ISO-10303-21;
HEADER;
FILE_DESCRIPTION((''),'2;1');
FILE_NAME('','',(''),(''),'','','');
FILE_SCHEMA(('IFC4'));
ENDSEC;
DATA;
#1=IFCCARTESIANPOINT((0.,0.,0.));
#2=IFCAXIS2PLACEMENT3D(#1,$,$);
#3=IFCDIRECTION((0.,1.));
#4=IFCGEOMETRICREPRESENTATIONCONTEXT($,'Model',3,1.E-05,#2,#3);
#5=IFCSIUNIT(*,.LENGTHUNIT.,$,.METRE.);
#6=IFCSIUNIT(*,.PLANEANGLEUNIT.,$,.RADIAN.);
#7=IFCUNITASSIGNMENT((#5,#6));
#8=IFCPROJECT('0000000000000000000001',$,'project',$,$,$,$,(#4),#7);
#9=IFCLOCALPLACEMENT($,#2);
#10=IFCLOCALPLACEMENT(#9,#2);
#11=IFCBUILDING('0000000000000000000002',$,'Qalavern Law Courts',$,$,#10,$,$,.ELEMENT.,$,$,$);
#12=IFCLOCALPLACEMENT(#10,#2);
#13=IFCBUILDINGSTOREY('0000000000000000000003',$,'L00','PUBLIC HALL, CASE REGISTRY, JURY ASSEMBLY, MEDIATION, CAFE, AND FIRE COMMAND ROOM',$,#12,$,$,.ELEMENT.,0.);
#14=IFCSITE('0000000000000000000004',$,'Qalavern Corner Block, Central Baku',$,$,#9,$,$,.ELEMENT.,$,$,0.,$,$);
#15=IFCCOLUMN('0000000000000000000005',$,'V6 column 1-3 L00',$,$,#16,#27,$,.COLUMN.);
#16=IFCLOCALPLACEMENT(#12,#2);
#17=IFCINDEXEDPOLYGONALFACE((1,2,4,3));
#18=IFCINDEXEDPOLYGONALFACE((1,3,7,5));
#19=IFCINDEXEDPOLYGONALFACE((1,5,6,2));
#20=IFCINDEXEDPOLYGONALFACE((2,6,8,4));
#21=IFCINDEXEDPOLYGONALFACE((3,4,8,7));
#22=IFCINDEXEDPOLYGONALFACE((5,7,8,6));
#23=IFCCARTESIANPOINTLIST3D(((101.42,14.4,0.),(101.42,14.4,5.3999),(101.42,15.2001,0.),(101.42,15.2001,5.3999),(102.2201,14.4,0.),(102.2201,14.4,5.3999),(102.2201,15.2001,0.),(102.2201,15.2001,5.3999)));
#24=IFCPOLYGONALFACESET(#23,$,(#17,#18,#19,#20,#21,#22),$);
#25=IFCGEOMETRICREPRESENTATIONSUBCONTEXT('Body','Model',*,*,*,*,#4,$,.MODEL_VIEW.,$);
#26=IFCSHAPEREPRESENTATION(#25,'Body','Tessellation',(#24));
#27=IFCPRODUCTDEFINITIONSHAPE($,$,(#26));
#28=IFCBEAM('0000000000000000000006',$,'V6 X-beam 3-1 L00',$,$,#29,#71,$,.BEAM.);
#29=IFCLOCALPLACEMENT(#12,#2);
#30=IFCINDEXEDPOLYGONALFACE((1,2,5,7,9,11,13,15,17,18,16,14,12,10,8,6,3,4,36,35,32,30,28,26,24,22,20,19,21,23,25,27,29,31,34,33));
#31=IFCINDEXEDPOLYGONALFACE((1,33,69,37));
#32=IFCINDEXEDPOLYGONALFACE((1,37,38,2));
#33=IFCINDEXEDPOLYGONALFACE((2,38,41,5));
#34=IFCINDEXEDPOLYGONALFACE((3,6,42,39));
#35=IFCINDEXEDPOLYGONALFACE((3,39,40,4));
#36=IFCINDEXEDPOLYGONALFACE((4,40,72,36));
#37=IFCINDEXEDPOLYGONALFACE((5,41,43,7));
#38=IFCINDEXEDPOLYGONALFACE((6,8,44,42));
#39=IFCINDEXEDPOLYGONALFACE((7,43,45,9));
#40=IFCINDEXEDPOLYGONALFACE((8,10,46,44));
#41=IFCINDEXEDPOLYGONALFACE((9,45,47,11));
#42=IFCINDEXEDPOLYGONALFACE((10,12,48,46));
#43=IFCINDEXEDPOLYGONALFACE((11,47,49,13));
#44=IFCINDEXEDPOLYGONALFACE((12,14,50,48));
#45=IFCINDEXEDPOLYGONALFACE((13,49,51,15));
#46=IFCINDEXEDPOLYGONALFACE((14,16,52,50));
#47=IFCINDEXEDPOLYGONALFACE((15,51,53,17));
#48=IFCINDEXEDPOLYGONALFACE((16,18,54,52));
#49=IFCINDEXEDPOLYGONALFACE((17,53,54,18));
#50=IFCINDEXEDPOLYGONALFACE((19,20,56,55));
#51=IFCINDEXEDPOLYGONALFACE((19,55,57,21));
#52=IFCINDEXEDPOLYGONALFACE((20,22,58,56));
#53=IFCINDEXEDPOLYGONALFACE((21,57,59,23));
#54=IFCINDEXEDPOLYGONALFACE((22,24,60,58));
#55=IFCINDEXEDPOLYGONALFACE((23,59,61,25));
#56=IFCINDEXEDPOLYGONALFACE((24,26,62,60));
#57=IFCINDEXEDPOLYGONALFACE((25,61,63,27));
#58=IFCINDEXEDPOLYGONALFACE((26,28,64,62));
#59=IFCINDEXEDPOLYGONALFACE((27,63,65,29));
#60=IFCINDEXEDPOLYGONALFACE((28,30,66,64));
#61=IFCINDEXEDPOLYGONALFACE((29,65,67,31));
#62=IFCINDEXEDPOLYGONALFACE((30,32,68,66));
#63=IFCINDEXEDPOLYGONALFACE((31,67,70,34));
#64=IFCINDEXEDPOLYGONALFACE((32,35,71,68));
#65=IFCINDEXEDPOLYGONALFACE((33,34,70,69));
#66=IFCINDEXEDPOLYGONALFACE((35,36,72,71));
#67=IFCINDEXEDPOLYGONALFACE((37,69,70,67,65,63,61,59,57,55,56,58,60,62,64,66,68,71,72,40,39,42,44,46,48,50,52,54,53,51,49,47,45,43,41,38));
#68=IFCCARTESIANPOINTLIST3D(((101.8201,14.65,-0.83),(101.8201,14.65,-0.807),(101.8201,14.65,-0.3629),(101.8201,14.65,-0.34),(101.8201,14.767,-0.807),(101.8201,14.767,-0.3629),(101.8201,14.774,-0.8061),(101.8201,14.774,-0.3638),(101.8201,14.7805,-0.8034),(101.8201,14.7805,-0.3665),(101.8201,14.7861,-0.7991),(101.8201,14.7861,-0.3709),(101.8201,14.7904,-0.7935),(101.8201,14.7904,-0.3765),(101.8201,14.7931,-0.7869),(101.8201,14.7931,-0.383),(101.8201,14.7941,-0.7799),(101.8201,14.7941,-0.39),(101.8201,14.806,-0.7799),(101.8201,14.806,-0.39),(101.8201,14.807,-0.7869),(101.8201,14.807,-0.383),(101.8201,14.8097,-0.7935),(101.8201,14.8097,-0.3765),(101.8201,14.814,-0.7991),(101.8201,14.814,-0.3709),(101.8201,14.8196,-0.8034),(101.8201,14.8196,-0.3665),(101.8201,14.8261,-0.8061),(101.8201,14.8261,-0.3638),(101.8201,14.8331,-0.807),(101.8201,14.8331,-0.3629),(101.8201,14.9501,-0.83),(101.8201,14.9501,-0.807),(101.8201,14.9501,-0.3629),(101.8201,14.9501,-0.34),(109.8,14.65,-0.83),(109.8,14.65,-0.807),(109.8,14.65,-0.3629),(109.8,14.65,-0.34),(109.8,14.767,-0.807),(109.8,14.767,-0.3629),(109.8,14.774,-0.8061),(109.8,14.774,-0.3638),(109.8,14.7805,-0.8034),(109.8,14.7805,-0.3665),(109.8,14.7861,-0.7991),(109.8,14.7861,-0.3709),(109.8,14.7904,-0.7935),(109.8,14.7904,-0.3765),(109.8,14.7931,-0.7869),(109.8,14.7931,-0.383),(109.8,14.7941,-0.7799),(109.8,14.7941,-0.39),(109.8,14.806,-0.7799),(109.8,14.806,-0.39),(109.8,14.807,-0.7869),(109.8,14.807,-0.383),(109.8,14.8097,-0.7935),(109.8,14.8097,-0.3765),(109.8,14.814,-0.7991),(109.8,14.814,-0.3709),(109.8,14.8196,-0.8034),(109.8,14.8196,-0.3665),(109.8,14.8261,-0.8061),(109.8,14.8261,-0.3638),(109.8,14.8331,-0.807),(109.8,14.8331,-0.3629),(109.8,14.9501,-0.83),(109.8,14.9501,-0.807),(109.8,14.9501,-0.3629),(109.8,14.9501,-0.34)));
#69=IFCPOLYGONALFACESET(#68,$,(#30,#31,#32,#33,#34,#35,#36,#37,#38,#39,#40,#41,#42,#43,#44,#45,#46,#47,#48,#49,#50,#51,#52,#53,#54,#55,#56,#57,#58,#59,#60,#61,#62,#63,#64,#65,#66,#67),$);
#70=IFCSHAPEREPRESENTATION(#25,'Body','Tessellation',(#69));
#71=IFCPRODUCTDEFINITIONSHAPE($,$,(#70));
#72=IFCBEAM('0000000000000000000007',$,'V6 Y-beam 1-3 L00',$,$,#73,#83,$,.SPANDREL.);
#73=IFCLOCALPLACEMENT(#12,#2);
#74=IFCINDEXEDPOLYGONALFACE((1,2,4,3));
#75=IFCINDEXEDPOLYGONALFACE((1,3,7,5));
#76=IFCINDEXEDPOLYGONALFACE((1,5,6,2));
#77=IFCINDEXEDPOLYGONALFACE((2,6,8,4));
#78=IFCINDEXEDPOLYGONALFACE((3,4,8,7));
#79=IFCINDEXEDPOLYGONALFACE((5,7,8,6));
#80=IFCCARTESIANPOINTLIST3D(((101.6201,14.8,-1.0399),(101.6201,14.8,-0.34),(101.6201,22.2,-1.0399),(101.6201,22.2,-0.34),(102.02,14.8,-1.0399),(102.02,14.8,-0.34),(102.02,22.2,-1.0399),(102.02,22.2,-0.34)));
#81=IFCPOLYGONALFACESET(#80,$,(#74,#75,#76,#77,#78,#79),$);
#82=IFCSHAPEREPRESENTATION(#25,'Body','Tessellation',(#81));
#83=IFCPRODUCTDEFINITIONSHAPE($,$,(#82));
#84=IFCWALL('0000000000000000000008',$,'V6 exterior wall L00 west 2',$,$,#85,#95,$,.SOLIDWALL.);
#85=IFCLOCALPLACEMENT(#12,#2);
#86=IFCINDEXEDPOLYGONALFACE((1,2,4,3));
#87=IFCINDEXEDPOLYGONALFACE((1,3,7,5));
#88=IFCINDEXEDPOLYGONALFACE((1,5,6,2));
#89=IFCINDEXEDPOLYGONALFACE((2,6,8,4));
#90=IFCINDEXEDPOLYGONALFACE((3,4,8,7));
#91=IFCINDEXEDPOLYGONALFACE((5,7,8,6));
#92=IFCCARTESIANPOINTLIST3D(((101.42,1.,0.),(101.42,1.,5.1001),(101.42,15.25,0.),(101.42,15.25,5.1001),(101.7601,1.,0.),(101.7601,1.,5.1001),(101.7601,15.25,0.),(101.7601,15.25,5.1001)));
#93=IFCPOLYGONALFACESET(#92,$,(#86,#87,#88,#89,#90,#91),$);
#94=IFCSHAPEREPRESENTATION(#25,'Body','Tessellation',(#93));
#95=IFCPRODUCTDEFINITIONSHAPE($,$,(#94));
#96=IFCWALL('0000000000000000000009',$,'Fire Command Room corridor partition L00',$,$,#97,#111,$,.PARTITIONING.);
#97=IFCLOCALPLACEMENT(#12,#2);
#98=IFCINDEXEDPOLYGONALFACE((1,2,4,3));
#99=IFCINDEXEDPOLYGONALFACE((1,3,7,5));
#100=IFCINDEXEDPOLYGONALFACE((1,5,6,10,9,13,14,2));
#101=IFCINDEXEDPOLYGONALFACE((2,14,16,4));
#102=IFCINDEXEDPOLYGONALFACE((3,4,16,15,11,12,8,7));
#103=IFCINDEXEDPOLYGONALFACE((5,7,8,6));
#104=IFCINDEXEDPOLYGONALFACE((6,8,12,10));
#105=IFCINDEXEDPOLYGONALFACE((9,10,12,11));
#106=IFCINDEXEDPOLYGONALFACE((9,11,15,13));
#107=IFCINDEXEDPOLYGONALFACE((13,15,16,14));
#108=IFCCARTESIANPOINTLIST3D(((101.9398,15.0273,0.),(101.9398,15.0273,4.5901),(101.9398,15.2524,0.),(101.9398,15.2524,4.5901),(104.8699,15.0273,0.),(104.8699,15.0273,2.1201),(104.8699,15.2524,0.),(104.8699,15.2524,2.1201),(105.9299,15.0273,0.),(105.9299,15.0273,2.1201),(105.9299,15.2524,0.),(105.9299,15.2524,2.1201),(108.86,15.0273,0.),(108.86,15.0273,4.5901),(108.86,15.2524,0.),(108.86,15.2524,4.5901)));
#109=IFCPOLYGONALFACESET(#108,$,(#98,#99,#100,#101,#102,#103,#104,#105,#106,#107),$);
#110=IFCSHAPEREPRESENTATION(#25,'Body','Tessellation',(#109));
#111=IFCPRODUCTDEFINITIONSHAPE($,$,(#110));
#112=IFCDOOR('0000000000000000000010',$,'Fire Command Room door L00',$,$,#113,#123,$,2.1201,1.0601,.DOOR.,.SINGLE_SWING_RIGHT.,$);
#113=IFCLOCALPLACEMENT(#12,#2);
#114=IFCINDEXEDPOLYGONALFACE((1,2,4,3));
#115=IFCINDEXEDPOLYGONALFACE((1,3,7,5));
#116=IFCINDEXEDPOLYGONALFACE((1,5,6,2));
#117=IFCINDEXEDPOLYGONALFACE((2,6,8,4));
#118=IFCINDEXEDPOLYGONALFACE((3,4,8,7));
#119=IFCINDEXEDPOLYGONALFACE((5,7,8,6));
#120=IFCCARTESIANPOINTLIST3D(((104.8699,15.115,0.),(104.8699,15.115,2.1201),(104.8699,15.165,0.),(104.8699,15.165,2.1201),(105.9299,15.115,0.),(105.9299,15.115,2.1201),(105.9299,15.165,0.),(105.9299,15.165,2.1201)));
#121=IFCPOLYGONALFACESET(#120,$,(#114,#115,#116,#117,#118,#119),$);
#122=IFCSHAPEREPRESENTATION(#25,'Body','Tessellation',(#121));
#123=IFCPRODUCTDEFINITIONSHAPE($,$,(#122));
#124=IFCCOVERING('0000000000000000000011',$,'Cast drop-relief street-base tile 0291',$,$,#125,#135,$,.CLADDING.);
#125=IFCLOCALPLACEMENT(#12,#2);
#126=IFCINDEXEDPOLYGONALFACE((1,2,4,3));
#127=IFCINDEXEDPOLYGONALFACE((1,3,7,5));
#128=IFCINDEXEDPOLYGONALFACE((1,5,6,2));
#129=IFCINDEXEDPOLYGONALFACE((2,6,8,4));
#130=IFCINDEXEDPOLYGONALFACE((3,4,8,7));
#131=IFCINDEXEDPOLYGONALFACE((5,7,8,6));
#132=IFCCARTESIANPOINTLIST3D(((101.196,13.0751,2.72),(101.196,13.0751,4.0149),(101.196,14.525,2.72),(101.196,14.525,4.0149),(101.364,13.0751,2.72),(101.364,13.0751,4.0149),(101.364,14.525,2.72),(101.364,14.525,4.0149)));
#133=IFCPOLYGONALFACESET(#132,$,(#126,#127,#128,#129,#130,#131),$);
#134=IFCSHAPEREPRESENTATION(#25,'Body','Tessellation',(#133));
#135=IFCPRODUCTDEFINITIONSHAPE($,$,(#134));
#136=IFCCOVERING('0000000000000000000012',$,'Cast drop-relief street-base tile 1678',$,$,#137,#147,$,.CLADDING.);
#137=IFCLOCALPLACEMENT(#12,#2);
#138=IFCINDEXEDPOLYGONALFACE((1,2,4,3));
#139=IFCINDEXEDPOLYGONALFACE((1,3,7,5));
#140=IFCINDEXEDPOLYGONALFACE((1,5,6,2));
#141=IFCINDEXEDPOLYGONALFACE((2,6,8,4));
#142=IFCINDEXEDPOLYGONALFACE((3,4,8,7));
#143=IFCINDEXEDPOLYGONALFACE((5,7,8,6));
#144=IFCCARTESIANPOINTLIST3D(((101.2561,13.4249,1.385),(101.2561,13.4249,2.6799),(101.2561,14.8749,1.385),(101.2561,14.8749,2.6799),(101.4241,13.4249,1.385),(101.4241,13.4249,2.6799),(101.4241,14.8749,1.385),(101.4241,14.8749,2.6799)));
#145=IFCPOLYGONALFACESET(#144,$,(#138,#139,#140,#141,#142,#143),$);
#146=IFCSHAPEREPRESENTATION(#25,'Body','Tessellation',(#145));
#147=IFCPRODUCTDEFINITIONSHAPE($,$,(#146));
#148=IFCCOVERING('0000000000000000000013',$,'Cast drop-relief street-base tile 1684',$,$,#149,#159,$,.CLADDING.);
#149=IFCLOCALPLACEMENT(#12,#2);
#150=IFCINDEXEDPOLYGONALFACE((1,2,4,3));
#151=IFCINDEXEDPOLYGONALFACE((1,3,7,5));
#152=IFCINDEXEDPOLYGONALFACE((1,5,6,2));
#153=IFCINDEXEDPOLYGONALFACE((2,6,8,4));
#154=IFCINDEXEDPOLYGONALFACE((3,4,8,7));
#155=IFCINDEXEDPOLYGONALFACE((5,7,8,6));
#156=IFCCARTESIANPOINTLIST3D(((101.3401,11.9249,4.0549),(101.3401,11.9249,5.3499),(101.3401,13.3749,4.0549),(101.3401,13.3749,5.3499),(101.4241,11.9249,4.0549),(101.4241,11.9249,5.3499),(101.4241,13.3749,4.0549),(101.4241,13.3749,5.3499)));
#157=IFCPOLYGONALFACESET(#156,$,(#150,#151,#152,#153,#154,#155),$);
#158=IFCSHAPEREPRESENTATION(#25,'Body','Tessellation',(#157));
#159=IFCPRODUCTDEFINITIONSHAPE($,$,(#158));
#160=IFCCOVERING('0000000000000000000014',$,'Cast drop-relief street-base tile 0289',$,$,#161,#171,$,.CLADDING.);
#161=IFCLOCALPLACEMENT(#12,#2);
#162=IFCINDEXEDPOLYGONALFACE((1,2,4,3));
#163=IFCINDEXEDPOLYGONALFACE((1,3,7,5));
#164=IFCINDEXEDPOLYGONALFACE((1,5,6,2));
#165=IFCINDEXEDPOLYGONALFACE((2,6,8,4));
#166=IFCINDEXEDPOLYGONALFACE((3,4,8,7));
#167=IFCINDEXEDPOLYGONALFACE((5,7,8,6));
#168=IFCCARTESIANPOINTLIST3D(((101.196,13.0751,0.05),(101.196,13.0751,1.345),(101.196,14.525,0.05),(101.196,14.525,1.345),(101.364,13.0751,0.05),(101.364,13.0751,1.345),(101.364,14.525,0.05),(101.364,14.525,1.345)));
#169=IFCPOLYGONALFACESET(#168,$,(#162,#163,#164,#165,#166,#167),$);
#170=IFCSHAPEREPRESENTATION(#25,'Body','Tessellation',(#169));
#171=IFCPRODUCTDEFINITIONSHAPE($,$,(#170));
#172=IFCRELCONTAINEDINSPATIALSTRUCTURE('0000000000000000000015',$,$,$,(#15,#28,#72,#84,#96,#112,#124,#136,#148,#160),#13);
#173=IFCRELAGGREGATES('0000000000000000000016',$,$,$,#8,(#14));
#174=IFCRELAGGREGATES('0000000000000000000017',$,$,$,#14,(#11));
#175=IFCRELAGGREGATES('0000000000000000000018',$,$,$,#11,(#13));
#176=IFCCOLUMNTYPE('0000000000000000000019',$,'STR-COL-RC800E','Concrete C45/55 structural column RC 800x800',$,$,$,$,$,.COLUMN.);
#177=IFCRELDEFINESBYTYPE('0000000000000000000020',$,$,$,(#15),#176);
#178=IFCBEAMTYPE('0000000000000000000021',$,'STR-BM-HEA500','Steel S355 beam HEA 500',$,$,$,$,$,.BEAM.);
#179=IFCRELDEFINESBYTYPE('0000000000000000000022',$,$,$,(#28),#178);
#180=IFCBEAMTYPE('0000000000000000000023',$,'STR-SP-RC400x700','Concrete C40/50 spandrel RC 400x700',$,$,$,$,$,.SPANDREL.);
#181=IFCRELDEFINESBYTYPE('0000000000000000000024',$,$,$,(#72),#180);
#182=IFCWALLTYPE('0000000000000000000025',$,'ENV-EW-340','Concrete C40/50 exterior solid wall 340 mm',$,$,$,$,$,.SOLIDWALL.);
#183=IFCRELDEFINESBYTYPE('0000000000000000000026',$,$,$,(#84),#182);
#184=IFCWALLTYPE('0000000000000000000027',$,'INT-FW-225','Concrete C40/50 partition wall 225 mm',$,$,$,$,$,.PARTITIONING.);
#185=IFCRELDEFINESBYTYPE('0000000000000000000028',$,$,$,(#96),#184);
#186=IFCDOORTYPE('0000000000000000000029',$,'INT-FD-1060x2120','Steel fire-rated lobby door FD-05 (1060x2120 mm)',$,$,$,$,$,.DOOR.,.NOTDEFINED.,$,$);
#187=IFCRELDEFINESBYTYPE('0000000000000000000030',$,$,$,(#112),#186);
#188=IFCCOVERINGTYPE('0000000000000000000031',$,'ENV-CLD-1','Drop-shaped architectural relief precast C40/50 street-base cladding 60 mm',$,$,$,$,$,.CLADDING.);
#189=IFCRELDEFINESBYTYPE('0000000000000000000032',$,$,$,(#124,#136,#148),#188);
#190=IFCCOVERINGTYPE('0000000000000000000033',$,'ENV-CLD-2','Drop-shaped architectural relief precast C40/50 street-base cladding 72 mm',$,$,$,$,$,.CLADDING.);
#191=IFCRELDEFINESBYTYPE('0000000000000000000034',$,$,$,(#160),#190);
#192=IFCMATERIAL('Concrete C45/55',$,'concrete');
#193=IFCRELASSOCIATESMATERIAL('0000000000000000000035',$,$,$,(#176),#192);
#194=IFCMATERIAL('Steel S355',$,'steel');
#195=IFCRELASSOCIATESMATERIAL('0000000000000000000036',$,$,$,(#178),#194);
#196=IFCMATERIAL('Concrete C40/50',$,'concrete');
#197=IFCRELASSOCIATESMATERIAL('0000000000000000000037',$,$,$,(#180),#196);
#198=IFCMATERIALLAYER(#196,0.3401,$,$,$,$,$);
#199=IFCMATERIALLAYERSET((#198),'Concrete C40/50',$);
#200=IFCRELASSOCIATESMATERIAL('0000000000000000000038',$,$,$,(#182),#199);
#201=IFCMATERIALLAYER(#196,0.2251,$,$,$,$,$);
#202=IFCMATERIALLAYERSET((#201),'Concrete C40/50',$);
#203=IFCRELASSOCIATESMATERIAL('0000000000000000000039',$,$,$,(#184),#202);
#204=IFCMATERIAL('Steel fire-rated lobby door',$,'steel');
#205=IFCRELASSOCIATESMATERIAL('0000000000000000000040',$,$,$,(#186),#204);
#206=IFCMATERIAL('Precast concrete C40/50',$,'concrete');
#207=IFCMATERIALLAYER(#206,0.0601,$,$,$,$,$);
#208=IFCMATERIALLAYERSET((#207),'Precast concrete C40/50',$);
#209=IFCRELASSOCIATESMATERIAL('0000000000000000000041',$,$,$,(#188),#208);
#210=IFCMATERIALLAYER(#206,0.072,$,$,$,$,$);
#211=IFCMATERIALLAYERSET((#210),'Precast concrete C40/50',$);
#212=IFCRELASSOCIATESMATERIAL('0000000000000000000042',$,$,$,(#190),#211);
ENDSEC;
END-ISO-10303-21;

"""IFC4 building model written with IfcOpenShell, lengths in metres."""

from ifc_helpers import new_model, si_unit, direction, frame, frame_2d, origin, origin_2d, place, context, subcontext, project, spatial, rectangle, i_section, extrude, material, layer, layer_set, material_profile, profile_set, type_object, element, fill, save


model = new_model("IFC4")

# Units and contexts
model_context = context("Model", 3, precision=1e-05, world=origin(), true_north=direction((0.0, 1.0)))
body_context = subcontext(model_context, "Body", "Model", "MODEL_VIEW")
ifc_project = project(units=[si_unit("LENGTHUNIT", "METRE"), si_unit("PLANEANGLEUNIT", "RADIAN")], contexts=[model_context])

# Site, building, storey
site_placement = place(None, origin())
site = spatial("IfcSite", under=ifc_project, at=site_placement, Name="Qalavern Corner Block, Central Baku", CompositionType="ELEMENT", RefElevation=0.0)
building_placement = place(site_placement, origin())
building = spatial("IfcBuilding", under=site, at=building_placement, Name="Qalavern Law Courts", CompositionType="ELEMENT")
storey_placement = place(building_placement, origin())
storey = spatial("IfcBuildingStorey", under=building, at=storey_placement, Name="L00", Description="PUBLIC HALL, CASE REGISTRY, JURY ASSEMBLY, MEDIATION, CAFE, AND FIRE COMMAND ROOM", CompositionType="ELEMENT", Elevation=0.0)

# Column
ifc_material_1 = material(Name="Concrete C45/55", Category="concrete")
ifc_material_profile_1 = material_profile(ifc_material_1, rectangle(XDim=0.8, YDim=0.8, at=origin_2d()), Name="RC 800x800")
ifc_profile_set_1 = profile_set([ifc_material_profile_1], Name="Concrete C45/55")
column_type = type_object("IfcColumnType", Name="STR-COL-RC800E", Description="Concrete C45/55 structural column RC 800x800", PredefinedType="COLUMN", material=ifc_profile_set_1)
column_placement = place(storey_placement, frame((101.8201, 14.8, 0.0), z_axis=(0.0, 0.0, 1.0), x_axis=(1.0, 0.0, 0.0)))
element("IfcColumn", 1, at=column_placement, inside=storey, type_object=column_type, Name="V6 column 1-3 L00", PredefinedType="COLUMN", context=body_context, shape_type="SweptSolid", body=[
    extrude(rectangle(XDim=0.8, YDim=0.8, at=origin_2d()), origin(), (0.0, 0.0, 1.0), 5.3999),
])

# Beams
ifc_material_2 = material(Name="Steel S355", Category="steel")
ifc_material_profile_2 = material_profile(ifc_material_2, i_section(OverallWidth=0.3, OverallDepth=0.49, WebThickness=0.012, FlangeThickness=0.0229, FilletRadius=0.0271, at=origin_2d()), Name="HEA 500")
ifc_profile_set_2 = profile_set([ifc_material_profile_2], Name="Steel S355")
beam_type_1 = type_object("IfcBeamType", Name="STR-BM-HEA500", Description="Steel S355 beam HEA 500", PredefinedType="BEAM", material=ifc_profile_set_2)
beam_1_placement = place(storey_placement, frame((101.8201, 14.8, -0.585), z_axis=(1.0, 0.0, 0.0), x_axis=(0.0, 1.0, 0.0)))
element("IfcBeam", 2, at=beam_1_placement, inside=storey, type_object=beam_type_1, Name="V6 X-beam 3-1 L00", PredefinedType="BEAM", context=body_context, shape_type="SweptSolid", body=[
    extrude(i_section(OverallWidth=0.3, OverallDepth=0.49, WebThickness=0.012, FlangeThickness=0.0229, FilletRadius=0.0271, at=origin_2d()), origin(), (0.0, 0.0, 1.0), 7.98),
])
ifc_material_3 = material(Name="Concrete C40/50", Category="concrete")
ifc_material_profile_3 = material_profile(ifc_material_3, rectangle(XDim=0.3999, YDim=0.7, at=origin_2d()), Name="RC 400x700")
ifc_profile_set_3 = profile_set([ifc_material_profile_3], Name="Concrete C40/50")
beam_type_2 = type_object("IfcBeamType", Name="STR-SP-RC400x700", Description="Concrete C40/50 spandrel RC 400x700", PredefinedType="SPANDREL", material=ifc_profile_set_3)
beam_2_placement = place(storey_placement, frame((101.8201, 14.8, -0.6899), z_axis=(0.0, 1.0, 0.0), x_axis=(-1.0, 0.0, 0.0)))
element("IfcBeam", 3, at=beam_2_placement, inside=storey, type_object=beam_type_2, Name="V6 Y-beam 1-3 L00", PredefinedType="SPANDREL", context=body_context, shape_type="SweptSolid", body=[
    extrude(rectangle(XDim=0.3999, YDim=0.7, at=origin_2d()), origin(), (0.0, 0.0, 1.0), 7.3999),
])

# Wall
ifc_layer_1 = layer(ifc_material_3, 0.3401)
ifc_layer_set_1 = layer_set([ifc_layer_1], Name="Concrete C40/50")
wall_type_1 = type_object("IfcWallType", Name="ENV-EW-340", Description="Concrete C40/50 exterior solid wall 340 mm", PredefinedType="SOLIDWALL", material=ifc_layer_set_1)
wall_1_placement = place(storey_placement, frame((101.5901, 15.25, 0.0), z_axis=(0.0, 0.0, 1.0), x_axis=(0.0, -1.0, 0.0)))
element("IfcWall", 4, at=wall_1_placement, inside=storey, type_object=wall_type_1, Name="V6 exterior wall L00 west 2", PredefinedType="SOLIDWALL", context=body_context, shape_type="SweptSolid", body=[
    extrude(rectangle(XDim=14.25, YDim=0.3401, at=frame_2d((7.125, 0.0))), origin(), (0.0, 0.0, 1.0), 5.1001),
])

# Wall, opening, door
ifc_layer_2 = layer(ifc_material_3, 0.2251)
ifc_layer_set_2 = layer_set([ifc_layer_2], Name="Concrete C40/50")
wall_type_2 = type_object("IfcWallType", Name="INT-FW-225", Description="Concrete C40/50 partition wall 225 mm", PredefinedType="PARTITIONING", material=ifc_layer_set_2)
wall_2_placement = place(storey_placement, frame((101.9399, 15.1399, 0.0), z_axis=(0.0, 0.0, 1.0), x_axis=(1.0, 0.0, 0.0)))
wall_2 = element("IfcWall", 5, at=wall_2_placement, inside=storey, type_object=wall_type_2, Name="Fire Command Room corridor partition L00", PredefinedType="PARTITIONING", context=body_context, shape_type="SweptSolid", body=[
    extrude(rectangle(XDim=6.9202, YDim=0.2251, at=frame_2d((3.46, 0.0))), origin(), (0.0, 0.0, 1.0), 4.5901),
])
opening_placement = place(wall_2_placement, frame((2.9299, 0.0, 0.0)))
opening = element("IfcOpeningElement", 6, at=opening_placement, cuts=wall_2, PredefinedType="OPENING", context=body_context, shape_type="SweptSolid", body=[
    extrude(rectangle(XDim=1.0601, YDim=2.1201, at=frame_2d((0.53, 1.0601))), frame((0.0, 0.1274, 0.0), z_axis=(0.0, -1.0, 0.0), x_axis=(1.0, 0.0, 0.0)), (0.0, 0.0, 1.0), 0.2549),
])
ifc_material_4 = material(Name="Steel fire-rated lobby door", Category="steel")
door_type = type_object("IfcDoorType", Name="INT-FD-1060x2120", Description="Steel fire-rated lobby door FD-05 (1060x2120 mm)", OperationType="NOTDEFINED", PredefinedType="DOOR", material=ifc_material_4)
door_placement = place(opening_placement, frame((1.0601, 0.0, 0.0), z_axis=(0.0, 0.0, 1.0), x_axis=(-1.0, 0.0, 0.0)))
door = element("IfcDoor", 7, at=door_placement, inside=storey, type_object=door_type, Name="Fire Command Room door L00", OperationType="SINGLE_SWING_RIGHT", OverallHeight=2.1201, OverallWidth=1.0601, PredefinedType="DOOR", context=body_context, shape_type="SweptSolid", body=[
    extrude(rectangle(XDim=1.0601, YDim=2.1201, at=frame_2d((0.53, 1.0601))), frame((0.0, 0.0249, 0.0), z_axis=(0.0, -1.0, 0.0), x_axis=(1.0, 0.0, 0.0)), (0.0, 0.0, 1.0), 0.05),
])
fill(opening, door)

# Coverings
ifc_material_5 = material(Name="Precast concrete C40/50", Category="concrete")
ifc_layer_3 = layer(ifc_material_5, 0.0601)
ifc_layer_set_3 = layer_set([ifc_layer_3], Name="Precast concrete C40/50")
covering_type_1 = type_object("IfcCoveringType", Name="ENV-CLD-1", Description="Drop-shaped architectural relief precast C40/50 street-base cladding 60 mm", PredefinedType="CLADDING", material=ifc_layer_set_3)
for number, where, z_axis, x_axis, name in (
    (8, (101.28, 13.8, 2.72), (0.0, 0.0, 1.0), (0.0, 1.0, 0.0), "Cast drop-relief street-base tile 0291"),
    (9, (101.3401, 14.1499, 1.385), (0.0, 0.0, 1.0), (0.0, -1.0, 0.0), "Cast drop-relief street-base tile 1678"),
):
    element("IfcCovering", number, at=place(storey_placement, frame(where, z_axis=z_axis, x_axis=x_axis)), inside=storey, type_object=covering_type_1, Name=name, PredefinedType="CLADDING", context=body_context, shape_type="SweptSolid", body=[
        extrude(rectangle(XDim=1.45, YDim=0.168, at=origin_2d()), origin(), (0.0, 0.0, 1.0), 1.2949),
    ])
covering_1_placement = place(storey_placement, frame((101.3821, 12.6499, 4.0549), z_axis=(0.0, 0.0, 1.0), x_axis=(0.0, -1.0, 0.0)))
element("IfcCovering", 10, at=covering_1_placement, inside=storey, type_object=covering_type_1, Name="Cast drop-relief street-base tile 1684", PredefinedType="CLADDING", context=body_context, shape_type="SweptSolid", body=[
    extrude(rectangle(XDim=1.45, YDim=0.084, at=origin_2d()), origin(), (0.0, 0.0, 1.0), 1.2949),
])
ifc_layer_4 = layer(ifc_material_5, 0.072)
ifc_layer_set_4 = layer_set([ifc_layer_4], Name="Precast concrete C40/50")
covering_type_2 = type_object("IfcCoveringType", Name="ENV-CLD-2", Description="Drop-shaped architectural relief precast C40/50 street-base cladding 72 mm", PredefinedType="CLADDING", material=ifc_layer_set_4)
covering_2_placement = place(storey_placement, frame((101.28, 13.8, 0.05), z_axis=(0.0, 0.0, 1.0), x_axis=(0.0, 1.0, 0.0)))
element("IfcCovering", 11, at=covering_2_placement, inside=storey, type_object=covering_type_2, Name="Cast drop-relief street-base tile 0289", PredefinedType="CLADDING", context=body_context, shape_type="SweptSolid", body=[
    extrude(rectangle(XDim=1.45, YDim=0.168, at=origin_2d()), origin(), (0.0, 0.0, 1.0), 1.2949),
])

save(model, "model.ifc")
